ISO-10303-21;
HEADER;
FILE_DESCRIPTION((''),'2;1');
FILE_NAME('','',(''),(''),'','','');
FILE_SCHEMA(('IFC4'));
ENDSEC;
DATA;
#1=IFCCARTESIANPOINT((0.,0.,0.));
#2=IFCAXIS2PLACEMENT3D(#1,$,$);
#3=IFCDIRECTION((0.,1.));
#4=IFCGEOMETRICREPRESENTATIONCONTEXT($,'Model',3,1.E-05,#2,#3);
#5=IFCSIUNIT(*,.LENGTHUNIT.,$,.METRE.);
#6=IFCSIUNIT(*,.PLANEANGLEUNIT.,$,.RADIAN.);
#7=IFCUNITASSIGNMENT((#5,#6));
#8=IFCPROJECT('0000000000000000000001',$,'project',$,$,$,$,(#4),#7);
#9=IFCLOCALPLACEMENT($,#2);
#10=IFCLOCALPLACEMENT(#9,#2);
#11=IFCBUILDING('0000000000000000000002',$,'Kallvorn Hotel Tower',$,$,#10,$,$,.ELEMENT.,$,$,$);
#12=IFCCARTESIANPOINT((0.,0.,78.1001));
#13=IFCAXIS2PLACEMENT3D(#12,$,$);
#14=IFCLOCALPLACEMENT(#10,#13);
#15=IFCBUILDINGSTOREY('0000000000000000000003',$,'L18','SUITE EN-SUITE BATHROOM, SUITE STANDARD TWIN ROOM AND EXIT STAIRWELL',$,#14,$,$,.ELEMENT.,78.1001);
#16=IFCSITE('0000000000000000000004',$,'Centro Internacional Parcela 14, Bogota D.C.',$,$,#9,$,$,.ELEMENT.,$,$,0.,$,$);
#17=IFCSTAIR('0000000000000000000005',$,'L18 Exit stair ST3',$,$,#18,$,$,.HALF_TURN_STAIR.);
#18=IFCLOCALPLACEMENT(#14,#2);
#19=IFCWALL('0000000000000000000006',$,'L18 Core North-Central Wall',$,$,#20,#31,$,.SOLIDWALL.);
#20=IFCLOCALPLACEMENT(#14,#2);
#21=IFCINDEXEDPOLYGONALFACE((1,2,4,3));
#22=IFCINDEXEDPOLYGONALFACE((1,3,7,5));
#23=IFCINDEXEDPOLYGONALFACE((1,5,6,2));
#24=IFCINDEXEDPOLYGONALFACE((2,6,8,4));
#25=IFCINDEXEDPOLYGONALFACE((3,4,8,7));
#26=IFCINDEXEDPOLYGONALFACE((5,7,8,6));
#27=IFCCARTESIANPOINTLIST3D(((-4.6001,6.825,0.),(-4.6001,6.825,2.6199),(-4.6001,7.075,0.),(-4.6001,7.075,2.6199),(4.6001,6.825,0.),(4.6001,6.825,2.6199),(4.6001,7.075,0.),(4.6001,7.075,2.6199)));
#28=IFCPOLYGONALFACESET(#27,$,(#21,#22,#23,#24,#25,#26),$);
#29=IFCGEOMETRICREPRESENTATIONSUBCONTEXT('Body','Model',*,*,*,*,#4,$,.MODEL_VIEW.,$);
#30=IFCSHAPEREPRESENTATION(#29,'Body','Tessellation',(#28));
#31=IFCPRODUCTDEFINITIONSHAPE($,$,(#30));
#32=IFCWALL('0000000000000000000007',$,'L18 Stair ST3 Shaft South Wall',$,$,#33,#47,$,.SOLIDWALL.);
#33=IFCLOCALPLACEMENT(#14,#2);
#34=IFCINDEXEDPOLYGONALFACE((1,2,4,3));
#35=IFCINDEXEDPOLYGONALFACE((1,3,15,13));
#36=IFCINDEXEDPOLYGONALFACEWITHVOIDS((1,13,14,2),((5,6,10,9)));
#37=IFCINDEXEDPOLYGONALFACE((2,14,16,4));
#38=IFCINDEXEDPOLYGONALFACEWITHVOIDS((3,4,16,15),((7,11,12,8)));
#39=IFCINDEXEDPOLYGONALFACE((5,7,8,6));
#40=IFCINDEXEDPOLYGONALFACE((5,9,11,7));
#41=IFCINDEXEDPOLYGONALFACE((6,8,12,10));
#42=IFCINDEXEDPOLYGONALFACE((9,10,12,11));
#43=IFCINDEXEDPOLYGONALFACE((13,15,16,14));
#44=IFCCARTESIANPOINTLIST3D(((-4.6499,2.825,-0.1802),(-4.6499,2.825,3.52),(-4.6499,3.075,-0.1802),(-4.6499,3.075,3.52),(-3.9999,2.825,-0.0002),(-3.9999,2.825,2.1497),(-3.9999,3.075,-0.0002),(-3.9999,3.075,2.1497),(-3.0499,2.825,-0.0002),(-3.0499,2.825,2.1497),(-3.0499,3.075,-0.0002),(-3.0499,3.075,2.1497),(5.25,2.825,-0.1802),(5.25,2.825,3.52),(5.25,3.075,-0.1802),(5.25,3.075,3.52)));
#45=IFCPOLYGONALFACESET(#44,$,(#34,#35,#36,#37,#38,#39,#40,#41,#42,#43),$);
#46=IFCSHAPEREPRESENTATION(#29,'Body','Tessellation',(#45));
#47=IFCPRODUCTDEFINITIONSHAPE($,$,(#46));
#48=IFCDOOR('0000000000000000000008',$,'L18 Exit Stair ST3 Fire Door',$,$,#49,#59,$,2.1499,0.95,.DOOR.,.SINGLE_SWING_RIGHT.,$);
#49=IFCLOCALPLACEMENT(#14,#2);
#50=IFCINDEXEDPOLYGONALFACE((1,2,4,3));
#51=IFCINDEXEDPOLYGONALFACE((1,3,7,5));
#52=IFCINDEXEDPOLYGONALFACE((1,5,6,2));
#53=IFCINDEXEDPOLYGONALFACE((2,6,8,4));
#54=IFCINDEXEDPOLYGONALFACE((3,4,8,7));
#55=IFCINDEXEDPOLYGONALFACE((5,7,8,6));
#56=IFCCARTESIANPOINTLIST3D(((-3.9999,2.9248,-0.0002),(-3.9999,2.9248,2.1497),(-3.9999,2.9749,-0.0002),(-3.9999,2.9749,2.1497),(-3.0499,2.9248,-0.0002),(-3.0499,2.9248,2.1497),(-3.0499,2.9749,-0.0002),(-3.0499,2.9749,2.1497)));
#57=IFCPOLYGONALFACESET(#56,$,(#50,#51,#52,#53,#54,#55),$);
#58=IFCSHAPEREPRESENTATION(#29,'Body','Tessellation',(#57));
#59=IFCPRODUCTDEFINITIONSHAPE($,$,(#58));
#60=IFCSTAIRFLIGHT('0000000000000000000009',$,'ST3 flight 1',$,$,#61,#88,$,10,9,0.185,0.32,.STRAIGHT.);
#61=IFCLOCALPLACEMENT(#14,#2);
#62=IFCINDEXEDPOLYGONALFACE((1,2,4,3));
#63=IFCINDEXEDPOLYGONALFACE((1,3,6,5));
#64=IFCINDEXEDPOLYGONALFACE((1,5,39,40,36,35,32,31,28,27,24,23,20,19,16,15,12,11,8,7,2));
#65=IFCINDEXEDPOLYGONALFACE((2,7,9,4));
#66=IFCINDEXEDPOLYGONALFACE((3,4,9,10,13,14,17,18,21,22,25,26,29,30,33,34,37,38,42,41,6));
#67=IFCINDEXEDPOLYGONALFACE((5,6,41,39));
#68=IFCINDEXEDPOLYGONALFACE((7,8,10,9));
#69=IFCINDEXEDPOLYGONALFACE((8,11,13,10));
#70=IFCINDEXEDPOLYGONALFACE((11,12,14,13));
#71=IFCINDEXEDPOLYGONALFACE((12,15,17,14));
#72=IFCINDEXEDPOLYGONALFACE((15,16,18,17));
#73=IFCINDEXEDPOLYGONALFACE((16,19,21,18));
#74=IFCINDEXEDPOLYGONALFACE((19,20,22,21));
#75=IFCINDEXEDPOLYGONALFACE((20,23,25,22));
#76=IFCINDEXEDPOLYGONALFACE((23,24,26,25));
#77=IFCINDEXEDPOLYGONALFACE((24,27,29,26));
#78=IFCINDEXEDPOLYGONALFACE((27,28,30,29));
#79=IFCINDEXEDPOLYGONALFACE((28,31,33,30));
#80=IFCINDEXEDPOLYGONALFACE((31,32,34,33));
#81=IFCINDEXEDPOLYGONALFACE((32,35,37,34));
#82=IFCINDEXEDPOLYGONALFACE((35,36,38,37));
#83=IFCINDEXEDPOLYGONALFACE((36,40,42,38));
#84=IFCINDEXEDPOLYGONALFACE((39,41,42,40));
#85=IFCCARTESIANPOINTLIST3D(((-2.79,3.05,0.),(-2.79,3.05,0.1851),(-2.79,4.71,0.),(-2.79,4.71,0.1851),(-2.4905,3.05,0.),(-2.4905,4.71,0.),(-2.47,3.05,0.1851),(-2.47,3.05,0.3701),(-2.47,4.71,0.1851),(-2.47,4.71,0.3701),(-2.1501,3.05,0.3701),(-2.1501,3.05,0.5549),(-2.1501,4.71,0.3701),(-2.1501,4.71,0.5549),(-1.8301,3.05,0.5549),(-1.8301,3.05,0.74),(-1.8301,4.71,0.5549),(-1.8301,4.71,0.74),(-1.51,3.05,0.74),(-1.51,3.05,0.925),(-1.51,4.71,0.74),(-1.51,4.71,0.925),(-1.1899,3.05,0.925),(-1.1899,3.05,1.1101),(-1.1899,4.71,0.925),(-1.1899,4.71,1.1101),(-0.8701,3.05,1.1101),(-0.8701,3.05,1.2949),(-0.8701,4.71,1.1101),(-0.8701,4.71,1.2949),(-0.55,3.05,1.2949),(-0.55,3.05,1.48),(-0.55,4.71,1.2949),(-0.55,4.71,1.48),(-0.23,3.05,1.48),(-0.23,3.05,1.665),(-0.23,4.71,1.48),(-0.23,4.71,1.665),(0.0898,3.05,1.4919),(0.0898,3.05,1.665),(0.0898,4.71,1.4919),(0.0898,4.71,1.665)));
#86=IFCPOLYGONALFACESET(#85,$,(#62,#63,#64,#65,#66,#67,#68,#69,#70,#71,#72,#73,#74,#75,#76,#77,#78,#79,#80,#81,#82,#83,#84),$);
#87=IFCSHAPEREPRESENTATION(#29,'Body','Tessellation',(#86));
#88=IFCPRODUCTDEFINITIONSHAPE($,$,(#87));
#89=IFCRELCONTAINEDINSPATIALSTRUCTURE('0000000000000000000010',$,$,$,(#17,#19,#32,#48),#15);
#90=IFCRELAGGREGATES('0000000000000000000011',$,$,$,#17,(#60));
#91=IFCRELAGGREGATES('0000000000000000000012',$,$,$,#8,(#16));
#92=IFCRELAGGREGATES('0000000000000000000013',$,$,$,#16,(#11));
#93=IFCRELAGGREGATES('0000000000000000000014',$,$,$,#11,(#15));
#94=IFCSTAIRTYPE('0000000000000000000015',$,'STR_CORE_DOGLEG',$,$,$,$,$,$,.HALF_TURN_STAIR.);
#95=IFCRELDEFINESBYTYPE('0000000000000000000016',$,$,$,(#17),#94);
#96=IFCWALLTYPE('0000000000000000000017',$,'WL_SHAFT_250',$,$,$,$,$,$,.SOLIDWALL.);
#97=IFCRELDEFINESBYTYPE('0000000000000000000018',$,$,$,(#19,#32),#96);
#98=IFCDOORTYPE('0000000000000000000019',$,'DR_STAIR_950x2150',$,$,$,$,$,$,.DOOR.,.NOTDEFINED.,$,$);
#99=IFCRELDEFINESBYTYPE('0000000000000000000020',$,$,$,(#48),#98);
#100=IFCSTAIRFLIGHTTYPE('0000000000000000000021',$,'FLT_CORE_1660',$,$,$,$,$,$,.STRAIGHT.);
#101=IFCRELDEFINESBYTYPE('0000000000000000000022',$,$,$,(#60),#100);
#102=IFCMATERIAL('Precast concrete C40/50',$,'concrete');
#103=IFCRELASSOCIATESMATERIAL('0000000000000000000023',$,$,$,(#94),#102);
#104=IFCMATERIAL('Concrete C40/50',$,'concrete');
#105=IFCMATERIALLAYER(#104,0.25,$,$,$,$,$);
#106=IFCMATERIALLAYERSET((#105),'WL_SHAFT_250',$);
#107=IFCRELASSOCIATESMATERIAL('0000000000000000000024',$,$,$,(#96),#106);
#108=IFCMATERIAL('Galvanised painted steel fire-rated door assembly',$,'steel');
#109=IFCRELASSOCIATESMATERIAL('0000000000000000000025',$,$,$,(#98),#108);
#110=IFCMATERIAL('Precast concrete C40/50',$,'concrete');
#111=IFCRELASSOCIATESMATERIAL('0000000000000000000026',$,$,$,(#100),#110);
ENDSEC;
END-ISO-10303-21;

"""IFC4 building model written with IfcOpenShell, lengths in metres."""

from ifc_helpers import new_model, si_unit, direction, frame, frame_2d, origin, place, context, subcontext, project, spatial, polyline, rectangle, outline, extrude, material, layer, layer_set, type_object, element, fill, aggregate, save


model = new_model("IFC4")

# Units and contexts
model_context = context("Model", 3, precision=1e-05, world=origin(), true_north=direction((0.0, 1.0)))
body_context = subcontext(model_context, "Body", "Model", "MODEL_VIEW")
ifc_project = project(units=[si_unit("LENGTHUNIT", "METRE"), si_unit("PLANEANGLEUNIT", "RADIAN")], contexts=[model_context])

# Site, building, storey
site_placement = place(None, origin())
site = spatial("IfcSite", under=ifc_project, at=site_placement, Name="Centro Internacional Parcela 14, Bogota D.C.", CompositionType="ELEMENT", RefElevation=0.0)
building_placement = place(site_placement, origin())
building = spatial("IfcBuilding", under=site, at=building_placement, Name="Kallvorn Hotel Tower", CompositionType="ELEMENT")
storey_placement = place(building_placement, frame((0.0, 0.0, 78.1001)))
storey = spatial("IfcBuildingStorey", under=building, at=storey_placement, Name="L18", Description="SUITE EN-SUITE BATHROOM, SUITE STANDARD TWIN ROOM AND EXIT STAIRWELL", CompositionType="ELEMENT", Elevation=78.1001)

# Stair
ifc_material_1 = material(Name="Precast concrete C40/50", Category="concrete")
stair_type = type_object("IfcStairType", Name="STR_CORE_DOGLEG", PredefinedType="HALF_TURN_STAIR", material=ifc_material_1)
stair_1_placement = place(storey_placement, origin())
stair_1 = element("IfcStair", 1, at=stair_1_placement, inside=storey, type_object=stair_type, Name="L18 Exit stair ST3", PredefinedType="HALF_TURN_STAIR")

# Wall
ifc_material_2 = material(Name="Concrete C40/50", Category="concrete")
ifc_layer_1 = layer(ifc_material_2, 0.25)
ifc_layer_set_1 = layer_set([ifc_layer_1], Name="WL_SHAFT_250")
wall_type_1 = type_object("IfcWallType", Name="WL_SHAFT_250", PredefinedType="SOLIDWALL", material=ifc_layer_set_1)
wall_1_placement = place(storey_placement, frame((-4.6001, 6.95, 0.0), z_axis=(0.0, 0.0, 1.0), x_axis=(1.0, 0.0, 0.0)))
element("IfcWall", 2, at=wall_1_placement, inside=storey, type_object=wall_type_1, Name="L18 Core North-Central Wall", PredefinedType="SOLIDWALL", context=body_context, shape_type="SweptSolid", body=[
    extrude(rectangle(XDim=9.2002, YDim=0.25, at=frame_2d((4.6001, 0.0))), origin(), (0.0, 0.0, 1.0), 2.6199),
])

# Wall, opening, door
wall_2_placement = place(storey_placement, frame((-4.6499, 2.95, -0.1802), z_axis=(0.0, 0.0, 1.0), x_axis=(1.0, 0.0, 0.0)))
wall_2 = element("IfcWall", 3, at=wall_2_placement, inside=storey, type_object=wall_type_1, Name="L18 Stair ST3 Shaft South Wall", PredefinedType="SOLIDWALL", context=body_context, shape_type="SweptSolid", body=[
    extrude(rectangle(XDim=9.8999, YDim=0.25, at=frame_2d((4.95, 0.0))), origin(), (0.0, 0.0, 1.0), 3.7002),
])
opening_placement = place(wall_2_placement, frame((0.6499, 0.0, 0.1799)))
opening = element("IfcOpeningElement", 4, at=opening_placement, cuts=wall_2, PredefinedType="OPENING", context=body_context, shape_type="SweptSolid", body=[
    extrude(rectangle(XDim=0.95, YDim=2.1499, at=frame_2d((0.4751, 1.075))), frame((0.0, 0.1399, 0.0), z_axis=(0.0, -1.0, 0.0), x_axis=(1.0, 0.0, 0.0)), (0.0, 0.0, 1.0), 0.28),
])
ifc_material_3 = material(Name="Galvanised painted steel fire-rated door assembly", Category="steel")
door_type = type_object("IfcDoorType", Name="DR_STAIR_950x2150", OperationType="NOTDEFINED", PredefinedType="DOOR", material=ifc_material_3)
door_placement = place(opening_placement, origin())
door = element("IfcDoor", 5, at=door_placement, inside=storey, type_object=door_type, Name="L18 Exit Stair ST3 Fire Door", OperationType="SINGLE_SWING_RIGHT", OverallHeight=2.1499, OverallWidth=0.95, PredefinedType="DOOR", context=body_context, shape_type="SweptSolid", body=[
    extrude(rectangle(XDim=0.95, YDim=2.1499, at=frame_2d((0.4751, 1.075))), frame((0.0, 0.0249, 0.0), z_axis=(0.0, -1.0, 0.0), x_axis=(1.0, 0.0, 0.0)), (0.0, 0.0, 1.0), 0.05),
])
fill(opening, door)

# Stair flight
ifc_material_4 = material(Name="Precast concrete C40/50", Category="concrete")
stair_flight_type = type_object("IfcStairFlightType", Name="FLT_CORE_1660", PredefinedType="STRAIGHT", material=ifc_material_4)
stair_flight_placement = place(storey_placement, frame((-2.79, 3.8799, 0.0), z_axis=(0.0, 0.0, 1.0), x_axis=(1.0, 0.0, 0.0)))
stair_flight = element("IfcStairFlight", 6, at=stair_flight_placement, type_object=stair_flight_type, Name="ST3 flight 1", NumberOfRisers=10, NumberOfTreads=9, PredefinedType="STRAIGHT", RiserHeight=0.185, TreadLength=0.32, context=body_context, shape_type="SweptSolid", body=[
    extrude(outline(polyline([(0.0, 0.0), (0.0, 0.1851), (0.3201, 0.1851), (0.3201, 0.3701), (0.6399, 0.3701), (0.6399, 0.5549), (0.96, 0.5549), (0.96, 0.74), (1.28, 0.74), (1.28, 0.925), (1.6001, 0.925), (1.6001, 1.1101), (1.9199, 1.1101), (1.9199, 1.2949), (2.24, 1.2949), (2.24, 1.48), (2.5601, 1.48), (2.5601, 1.665), (2.8799, 1.665), (2.8799, 1.8501), (2.8799, 1.4919), (0.2996, 0.0), (0.0, 0.0)])), frame((0.0, 0.8301, 0.0), z_axis=(0.0, -1.0, 0.0), x_axis=(1.0, 0.0, 0.0)), (0.0, 0.0, 1.0), 1.6599),
])
aggregate(stair_1, [stair_flight])

save(model, "model.ifc")
